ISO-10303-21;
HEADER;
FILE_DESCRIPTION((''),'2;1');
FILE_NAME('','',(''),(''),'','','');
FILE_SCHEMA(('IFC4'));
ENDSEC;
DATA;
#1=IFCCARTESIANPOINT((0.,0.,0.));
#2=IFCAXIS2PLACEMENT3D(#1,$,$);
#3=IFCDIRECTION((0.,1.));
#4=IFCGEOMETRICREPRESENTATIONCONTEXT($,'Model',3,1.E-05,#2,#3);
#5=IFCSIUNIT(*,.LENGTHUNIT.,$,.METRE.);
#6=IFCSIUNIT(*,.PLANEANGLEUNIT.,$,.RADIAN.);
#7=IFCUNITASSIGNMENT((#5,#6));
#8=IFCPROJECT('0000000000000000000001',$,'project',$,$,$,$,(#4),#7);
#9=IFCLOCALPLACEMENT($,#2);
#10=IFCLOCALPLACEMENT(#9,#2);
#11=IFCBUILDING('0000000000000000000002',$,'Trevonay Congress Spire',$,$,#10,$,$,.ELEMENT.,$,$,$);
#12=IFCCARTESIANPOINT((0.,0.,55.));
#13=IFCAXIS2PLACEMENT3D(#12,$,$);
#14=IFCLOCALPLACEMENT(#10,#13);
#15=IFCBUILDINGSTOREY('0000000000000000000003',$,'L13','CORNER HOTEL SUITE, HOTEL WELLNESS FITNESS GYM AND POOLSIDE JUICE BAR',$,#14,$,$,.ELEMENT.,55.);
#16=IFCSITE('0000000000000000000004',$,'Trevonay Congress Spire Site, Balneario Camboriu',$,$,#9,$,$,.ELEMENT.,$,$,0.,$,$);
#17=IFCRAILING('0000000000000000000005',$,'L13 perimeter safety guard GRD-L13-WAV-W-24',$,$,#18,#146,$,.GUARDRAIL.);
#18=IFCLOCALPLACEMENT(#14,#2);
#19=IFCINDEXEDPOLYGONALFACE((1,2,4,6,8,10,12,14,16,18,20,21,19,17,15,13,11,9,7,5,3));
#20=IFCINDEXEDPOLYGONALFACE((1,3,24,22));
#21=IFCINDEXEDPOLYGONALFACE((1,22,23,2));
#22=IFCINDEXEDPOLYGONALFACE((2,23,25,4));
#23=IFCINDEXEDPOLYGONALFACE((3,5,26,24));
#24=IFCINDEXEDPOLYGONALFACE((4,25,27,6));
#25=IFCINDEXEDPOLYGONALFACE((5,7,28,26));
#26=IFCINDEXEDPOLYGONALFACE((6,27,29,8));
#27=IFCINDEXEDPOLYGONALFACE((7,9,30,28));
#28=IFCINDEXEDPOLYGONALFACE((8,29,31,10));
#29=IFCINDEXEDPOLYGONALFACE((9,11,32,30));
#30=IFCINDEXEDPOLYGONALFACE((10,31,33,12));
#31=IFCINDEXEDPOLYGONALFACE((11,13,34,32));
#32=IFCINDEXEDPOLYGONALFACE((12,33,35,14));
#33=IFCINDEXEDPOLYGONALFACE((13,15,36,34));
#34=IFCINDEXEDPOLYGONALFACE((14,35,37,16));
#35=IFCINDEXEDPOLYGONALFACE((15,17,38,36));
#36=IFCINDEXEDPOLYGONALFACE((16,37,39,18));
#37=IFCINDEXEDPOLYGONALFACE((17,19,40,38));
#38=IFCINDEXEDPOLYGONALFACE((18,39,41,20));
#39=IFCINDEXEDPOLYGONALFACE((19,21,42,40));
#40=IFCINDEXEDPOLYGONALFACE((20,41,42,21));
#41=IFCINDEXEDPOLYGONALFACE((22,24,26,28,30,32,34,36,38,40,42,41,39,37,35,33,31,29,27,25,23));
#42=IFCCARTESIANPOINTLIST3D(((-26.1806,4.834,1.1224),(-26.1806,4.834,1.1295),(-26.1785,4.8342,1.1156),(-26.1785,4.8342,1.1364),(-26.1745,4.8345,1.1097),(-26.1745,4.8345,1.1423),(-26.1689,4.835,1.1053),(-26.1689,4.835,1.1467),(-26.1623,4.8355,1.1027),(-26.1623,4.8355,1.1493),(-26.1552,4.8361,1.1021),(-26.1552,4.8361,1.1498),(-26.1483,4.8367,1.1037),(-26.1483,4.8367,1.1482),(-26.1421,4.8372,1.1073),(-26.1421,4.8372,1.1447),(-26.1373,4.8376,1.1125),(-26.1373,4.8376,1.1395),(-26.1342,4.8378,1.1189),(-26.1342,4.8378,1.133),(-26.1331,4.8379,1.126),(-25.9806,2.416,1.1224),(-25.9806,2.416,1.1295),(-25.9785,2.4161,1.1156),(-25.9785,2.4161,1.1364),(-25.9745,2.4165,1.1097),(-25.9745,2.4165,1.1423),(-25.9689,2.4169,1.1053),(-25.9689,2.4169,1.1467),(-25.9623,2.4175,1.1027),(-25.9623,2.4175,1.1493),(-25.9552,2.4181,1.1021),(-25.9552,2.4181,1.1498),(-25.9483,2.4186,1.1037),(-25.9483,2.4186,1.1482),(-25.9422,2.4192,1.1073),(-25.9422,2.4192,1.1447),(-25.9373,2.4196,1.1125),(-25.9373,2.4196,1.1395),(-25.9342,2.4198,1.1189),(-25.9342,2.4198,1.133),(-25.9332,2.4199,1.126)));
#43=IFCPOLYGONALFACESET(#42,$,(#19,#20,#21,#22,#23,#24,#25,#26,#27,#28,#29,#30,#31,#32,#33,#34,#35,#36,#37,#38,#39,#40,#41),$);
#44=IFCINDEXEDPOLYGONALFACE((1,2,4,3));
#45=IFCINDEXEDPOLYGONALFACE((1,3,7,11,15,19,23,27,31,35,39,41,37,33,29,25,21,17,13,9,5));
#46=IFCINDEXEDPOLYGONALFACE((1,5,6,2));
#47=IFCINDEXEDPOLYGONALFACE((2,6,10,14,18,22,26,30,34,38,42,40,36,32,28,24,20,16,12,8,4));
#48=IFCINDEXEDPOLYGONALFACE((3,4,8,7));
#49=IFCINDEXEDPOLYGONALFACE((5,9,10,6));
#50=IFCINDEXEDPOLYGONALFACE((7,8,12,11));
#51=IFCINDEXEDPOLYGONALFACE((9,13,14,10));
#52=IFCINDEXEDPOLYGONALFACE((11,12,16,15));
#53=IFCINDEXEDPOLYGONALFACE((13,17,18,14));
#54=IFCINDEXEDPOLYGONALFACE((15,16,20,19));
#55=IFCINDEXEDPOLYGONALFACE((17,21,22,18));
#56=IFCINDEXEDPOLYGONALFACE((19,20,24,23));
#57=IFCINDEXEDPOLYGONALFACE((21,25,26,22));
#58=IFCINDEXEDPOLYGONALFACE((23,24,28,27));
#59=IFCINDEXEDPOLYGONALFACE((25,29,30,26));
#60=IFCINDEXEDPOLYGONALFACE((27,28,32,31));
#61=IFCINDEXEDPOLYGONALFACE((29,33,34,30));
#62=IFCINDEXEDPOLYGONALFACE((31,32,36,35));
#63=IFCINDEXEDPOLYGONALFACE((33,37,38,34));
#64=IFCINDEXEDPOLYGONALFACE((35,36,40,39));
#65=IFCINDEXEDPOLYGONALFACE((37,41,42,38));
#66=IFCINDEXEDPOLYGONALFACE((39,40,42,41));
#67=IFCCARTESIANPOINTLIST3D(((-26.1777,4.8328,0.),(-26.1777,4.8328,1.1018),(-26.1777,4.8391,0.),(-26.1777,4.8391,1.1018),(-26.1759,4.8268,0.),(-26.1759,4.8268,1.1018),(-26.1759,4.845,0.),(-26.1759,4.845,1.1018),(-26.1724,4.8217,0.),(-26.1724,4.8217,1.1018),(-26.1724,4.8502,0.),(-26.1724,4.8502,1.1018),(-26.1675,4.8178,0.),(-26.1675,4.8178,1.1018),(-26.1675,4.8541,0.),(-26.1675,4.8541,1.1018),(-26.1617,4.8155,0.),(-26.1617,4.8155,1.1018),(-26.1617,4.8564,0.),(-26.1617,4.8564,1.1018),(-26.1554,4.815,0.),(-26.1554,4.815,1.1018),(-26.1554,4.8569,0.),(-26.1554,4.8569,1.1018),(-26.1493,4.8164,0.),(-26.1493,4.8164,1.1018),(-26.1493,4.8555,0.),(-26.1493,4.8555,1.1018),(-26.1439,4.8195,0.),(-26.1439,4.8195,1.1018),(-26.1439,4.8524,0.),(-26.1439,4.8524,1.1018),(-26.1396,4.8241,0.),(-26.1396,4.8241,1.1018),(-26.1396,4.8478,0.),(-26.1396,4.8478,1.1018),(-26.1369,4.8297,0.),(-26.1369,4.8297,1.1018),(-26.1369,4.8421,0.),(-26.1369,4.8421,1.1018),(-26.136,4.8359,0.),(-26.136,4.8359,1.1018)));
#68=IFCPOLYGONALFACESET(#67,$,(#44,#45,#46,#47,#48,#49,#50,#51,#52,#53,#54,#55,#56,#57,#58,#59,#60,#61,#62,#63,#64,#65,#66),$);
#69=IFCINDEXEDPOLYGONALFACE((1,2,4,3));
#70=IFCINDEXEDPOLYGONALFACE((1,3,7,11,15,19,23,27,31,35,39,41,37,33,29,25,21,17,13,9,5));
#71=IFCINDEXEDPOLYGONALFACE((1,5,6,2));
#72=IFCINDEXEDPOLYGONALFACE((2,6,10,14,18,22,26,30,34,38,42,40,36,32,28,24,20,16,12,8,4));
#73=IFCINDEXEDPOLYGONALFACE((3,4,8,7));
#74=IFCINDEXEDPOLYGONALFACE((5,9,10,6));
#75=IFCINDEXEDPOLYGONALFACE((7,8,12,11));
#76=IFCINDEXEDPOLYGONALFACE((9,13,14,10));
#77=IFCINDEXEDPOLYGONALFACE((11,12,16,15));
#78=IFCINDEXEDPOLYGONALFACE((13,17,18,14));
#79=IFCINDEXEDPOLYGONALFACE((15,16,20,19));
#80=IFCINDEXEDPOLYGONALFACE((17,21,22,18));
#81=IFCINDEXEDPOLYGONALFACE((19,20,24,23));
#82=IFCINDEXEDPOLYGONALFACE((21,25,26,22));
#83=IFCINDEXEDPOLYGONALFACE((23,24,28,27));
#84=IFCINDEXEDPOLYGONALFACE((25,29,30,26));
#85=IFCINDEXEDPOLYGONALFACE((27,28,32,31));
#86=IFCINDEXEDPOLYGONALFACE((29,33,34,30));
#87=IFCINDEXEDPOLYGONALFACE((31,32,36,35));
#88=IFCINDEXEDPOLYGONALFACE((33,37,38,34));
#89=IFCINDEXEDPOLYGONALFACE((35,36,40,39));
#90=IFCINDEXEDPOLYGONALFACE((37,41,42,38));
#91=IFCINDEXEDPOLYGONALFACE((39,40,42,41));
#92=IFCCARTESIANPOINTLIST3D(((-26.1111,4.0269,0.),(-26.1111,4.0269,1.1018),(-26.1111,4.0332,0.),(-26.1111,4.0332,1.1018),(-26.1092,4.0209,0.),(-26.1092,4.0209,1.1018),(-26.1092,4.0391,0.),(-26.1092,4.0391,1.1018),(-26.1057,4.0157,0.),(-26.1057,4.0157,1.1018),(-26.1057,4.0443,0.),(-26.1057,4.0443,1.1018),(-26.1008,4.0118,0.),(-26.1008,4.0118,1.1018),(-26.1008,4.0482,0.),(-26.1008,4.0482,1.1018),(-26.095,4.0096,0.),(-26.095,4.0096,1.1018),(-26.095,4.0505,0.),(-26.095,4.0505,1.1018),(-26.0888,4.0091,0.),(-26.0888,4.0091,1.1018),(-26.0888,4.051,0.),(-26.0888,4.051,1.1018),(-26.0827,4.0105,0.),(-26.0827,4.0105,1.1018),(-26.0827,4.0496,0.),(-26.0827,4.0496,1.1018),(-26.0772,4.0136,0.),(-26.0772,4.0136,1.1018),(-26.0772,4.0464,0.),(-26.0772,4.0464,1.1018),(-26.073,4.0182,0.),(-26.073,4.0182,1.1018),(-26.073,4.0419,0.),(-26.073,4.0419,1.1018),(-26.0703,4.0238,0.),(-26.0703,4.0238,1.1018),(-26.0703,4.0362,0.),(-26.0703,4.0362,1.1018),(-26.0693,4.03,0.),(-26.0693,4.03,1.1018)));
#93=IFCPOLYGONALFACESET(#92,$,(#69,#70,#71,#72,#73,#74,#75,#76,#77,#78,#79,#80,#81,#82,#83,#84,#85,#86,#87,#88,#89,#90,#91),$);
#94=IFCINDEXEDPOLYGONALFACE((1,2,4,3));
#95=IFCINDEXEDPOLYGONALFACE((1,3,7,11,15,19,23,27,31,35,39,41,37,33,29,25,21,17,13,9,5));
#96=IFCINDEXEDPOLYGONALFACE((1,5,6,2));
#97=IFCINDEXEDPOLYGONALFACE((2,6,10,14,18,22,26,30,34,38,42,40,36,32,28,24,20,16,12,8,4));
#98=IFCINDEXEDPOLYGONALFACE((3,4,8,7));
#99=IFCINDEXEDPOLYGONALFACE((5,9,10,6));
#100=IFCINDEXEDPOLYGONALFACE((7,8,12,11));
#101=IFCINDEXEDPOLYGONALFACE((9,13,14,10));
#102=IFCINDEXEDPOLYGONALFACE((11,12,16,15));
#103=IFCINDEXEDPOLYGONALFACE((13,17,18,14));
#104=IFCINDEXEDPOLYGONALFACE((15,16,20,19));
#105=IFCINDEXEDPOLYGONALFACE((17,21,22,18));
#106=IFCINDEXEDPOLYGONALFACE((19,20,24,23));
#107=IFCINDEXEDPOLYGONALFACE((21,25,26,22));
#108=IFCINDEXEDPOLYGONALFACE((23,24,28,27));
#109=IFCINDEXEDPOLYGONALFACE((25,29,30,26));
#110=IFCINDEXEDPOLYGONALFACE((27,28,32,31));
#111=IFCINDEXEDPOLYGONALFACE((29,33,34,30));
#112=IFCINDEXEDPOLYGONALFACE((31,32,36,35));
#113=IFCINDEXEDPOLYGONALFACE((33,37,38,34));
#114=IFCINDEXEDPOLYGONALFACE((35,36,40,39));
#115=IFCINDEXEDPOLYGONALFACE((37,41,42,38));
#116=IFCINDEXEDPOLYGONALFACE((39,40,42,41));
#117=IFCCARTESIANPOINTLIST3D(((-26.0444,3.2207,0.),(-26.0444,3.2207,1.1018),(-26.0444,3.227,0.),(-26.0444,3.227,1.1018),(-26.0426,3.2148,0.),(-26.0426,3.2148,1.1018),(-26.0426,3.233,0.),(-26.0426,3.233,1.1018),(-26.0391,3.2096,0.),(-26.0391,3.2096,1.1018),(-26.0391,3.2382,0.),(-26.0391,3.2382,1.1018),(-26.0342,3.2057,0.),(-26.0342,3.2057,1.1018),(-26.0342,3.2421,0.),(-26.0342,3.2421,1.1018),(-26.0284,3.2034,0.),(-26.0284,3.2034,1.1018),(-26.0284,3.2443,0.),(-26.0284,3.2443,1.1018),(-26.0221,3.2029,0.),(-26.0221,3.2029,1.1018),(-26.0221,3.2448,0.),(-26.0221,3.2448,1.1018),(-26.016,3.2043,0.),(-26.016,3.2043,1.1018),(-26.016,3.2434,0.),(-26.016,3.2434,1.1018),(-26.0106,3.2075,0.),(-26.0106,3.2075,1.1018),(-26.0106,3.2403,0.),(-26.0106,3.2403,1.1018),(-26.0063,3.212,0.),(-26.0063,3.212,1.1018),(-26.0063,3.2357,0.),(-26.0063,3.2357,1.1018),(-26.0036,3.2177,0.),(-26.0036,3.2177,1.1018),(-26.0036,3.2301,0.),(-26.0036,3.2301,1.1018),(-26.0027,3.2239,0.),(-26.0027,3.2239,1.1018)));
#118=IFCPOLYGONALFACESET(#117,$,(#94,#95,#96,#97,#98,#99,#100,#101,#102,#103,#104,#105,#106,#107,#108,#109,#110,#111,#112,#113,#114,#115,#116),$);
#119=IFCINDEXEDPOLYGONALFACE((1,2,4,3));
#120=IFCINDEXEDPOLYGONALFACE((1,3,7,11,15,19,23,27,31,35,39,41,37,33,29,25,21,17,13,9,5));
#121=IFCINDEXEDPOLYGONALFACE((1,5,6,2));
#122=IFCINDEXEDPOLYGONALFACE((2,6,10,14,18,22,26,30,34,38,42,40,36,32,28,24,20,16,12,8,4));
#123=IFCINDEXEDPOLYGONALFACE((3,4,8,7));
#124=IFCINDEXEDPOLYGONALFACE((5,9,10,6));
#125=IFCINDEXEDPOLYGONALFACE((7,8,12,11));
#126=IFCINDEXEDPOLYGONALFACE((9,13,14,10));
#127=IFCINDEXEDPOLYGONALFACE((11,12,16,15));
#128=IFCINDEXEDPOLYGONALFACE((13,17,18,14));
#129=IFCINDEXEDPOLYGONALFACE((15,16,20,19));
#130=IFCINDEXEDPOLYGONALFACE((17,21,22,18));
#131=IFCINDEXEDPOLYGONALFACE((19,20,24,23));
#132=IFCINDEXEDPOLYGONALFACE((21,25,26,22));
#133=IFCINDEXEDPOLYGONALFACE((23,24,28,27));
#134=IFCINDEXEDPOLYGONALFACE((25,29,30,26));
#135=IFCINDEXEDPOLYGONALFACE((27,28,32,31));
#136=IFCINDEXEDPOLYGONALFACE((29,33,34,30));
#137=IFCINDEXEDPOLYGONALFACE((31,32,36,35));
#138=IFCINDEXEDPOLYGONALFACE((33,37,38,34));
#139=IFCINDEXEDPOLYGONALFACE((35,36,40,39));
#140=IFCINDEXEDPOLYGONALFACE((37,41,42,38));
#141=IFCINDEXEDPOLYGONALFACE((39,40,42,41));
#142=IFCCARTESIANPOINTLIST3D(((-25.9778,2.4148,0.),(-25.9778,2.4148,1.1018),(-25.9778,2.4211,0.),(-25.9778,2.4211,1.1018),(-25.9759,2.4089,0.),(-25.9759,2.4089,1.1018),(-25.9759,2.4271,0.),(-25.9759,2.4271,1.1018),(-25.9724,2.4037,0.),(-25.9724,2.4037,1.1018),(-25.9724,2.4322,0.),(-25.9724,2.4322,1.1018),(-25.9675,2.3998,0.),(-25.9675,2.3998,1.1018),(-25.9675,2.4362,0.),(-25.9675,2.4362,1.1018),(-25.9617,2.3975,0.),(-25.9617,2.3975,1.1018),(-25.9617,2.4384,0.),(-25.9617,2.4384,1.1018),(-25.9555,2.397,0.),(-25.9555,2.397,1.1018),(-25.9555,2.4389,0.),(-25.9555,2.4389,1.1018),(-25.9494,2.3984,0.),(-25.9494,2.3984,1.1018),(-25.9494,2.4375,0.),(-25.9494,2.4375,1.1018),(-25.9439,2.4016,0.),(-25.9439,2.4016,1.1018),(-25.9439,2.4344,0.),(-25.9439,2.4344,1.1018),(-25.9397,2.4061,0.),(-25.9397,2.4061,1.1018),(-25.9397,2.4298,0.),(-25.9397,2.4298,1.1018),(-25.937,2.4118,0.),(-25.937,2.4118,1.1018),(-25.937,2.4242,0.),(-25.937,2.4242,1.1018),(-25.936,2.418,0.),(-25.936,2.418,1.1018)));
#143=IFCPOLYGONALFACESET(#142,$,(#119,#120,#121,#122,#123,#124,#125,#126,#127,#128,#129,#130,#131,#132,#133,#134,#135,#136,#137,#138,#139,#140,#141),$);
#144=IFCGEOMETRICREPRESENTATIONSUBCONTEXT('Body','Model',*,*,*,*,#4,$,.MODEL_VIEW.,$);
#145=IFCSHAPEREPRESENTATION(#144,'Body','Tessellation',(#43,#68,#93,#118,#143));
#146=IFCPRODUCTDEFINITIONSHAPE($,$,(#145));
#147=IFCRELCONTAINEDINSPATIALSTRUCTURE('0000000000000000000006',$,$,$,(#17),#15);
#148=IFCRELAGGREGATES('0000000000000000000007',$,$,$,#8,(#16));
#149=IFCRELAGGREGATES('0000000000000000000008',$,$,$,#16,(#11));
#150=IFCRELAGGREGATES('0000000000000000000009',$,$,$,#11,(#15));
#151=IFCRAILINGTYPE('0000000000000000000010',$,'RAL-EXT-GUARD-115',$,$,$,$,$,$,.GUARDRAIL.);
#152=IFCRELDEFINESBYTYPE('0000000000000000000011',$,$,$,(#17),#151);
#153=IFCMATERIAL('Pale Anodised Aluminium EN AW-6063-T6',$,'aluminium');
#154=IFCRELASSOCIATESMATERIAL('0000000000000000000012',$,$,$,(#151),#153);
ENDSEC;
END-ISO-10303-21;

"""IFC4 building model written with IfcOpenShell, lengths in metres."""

from ifc_helpers import new_model, si_unit, direction, frame, origin, origin_2d, place, context, subcontext, project, spatial, circle, extrude, material, type_object, element, save


model = new_model("IFC4")

# Units and contexts
model_context = context("Model", 3, precision=1e-05, world=origin(), true_north=direction((0.0, 1.0)))
body_context = subcontext(model_context, "Body", "Model", "MODEL_VIEW")
ifc_project = project(units=[si_unit("LENGTHUNIT", "METRE"), si_unit("PLANEANGLEUNIT", "RADIAN")], contexts=[model_context])

# Site, building, storey
site_placement = place(None, origin())
site = spatial("IfcSite", under=ifc_project, at=site_placement, Name="Trevonay Congress Spire Site, Balneario Camboriu", CompositionType="ELEMENT", RefElevation=0.0)
building_placement = place(site_placement, origin())
building = spatial("IfcBuilding", under=site, at=building_placement, Name="Trevonay Congress Spire", CompositionType="ELEMENT")
storey_placement = place(building_placement, frame((0.0, 0.0, 55.0)))
storey = spatial("IfcBuildingStorey", under=building, at=storey_placement, Name="L13", Description="CORNER HOTEL SUITE, HOTEL WELLNESS FITNESS GYM AND POOLSIDE JUICE BAR", CompositionType="ELEMENT", Elevation=55.0)

# Shared definitions
ifc_material_1 = material(Name="Pale Anodised Aluminium EN AW-6063-T6", Category="aluminium")

# Railing
railing_type = type_object("IfcRailingType", Name="RAL-EXT-GUARD-115", PredefinedType="GUARDRAIL", material=ifc_material_1)
railing_1_placement = place(storey_placement, frame((-26.157, 4.8359, 0.0)))
element("IfcRailing", 1, at=railing_1_placement, inside=storey, type_object=railing_type, Name="L13 perimeter safety guard GRD-L13-WAV-W-24", PredefinedType="GUARDRAIL", context=body_context, shape_type="SweptSolid", body=[
    extrude(circle(Radius=0.0239, at=origin_2d()), frame((0.0, 0.0, 1.126), z_axis=(0.082413, -0.996598, 0.0), x_axis=(0.996598, 0.082413, 0.0)), (0.0, 0.0, 1.0), 2.4263),
    extrude(circle(Radius=0.021, at=origin_2d()), origin(), (0.0, 0.0, 1.0), 1.1018),
    extrude(circle(Radius=0.021, at=origin_2d()), frame((0.0667, -0.8059, 0.0)), (0.0, 0.0, 1.0), 1.1018),
    extrude(circle(Radius=0.021, at=origin_2d()), frame((0.1333, -1.6121, 0.0)), (0.0, 0.0, 1.0), 1.1018),
    extrude(circle(Radius=0.021, at=origin_2d()), frame((0.2, -2.418, 0.0)), (0.0, 0.0, 1.0), 1.1018),
])

save(model, "model.ifc")
